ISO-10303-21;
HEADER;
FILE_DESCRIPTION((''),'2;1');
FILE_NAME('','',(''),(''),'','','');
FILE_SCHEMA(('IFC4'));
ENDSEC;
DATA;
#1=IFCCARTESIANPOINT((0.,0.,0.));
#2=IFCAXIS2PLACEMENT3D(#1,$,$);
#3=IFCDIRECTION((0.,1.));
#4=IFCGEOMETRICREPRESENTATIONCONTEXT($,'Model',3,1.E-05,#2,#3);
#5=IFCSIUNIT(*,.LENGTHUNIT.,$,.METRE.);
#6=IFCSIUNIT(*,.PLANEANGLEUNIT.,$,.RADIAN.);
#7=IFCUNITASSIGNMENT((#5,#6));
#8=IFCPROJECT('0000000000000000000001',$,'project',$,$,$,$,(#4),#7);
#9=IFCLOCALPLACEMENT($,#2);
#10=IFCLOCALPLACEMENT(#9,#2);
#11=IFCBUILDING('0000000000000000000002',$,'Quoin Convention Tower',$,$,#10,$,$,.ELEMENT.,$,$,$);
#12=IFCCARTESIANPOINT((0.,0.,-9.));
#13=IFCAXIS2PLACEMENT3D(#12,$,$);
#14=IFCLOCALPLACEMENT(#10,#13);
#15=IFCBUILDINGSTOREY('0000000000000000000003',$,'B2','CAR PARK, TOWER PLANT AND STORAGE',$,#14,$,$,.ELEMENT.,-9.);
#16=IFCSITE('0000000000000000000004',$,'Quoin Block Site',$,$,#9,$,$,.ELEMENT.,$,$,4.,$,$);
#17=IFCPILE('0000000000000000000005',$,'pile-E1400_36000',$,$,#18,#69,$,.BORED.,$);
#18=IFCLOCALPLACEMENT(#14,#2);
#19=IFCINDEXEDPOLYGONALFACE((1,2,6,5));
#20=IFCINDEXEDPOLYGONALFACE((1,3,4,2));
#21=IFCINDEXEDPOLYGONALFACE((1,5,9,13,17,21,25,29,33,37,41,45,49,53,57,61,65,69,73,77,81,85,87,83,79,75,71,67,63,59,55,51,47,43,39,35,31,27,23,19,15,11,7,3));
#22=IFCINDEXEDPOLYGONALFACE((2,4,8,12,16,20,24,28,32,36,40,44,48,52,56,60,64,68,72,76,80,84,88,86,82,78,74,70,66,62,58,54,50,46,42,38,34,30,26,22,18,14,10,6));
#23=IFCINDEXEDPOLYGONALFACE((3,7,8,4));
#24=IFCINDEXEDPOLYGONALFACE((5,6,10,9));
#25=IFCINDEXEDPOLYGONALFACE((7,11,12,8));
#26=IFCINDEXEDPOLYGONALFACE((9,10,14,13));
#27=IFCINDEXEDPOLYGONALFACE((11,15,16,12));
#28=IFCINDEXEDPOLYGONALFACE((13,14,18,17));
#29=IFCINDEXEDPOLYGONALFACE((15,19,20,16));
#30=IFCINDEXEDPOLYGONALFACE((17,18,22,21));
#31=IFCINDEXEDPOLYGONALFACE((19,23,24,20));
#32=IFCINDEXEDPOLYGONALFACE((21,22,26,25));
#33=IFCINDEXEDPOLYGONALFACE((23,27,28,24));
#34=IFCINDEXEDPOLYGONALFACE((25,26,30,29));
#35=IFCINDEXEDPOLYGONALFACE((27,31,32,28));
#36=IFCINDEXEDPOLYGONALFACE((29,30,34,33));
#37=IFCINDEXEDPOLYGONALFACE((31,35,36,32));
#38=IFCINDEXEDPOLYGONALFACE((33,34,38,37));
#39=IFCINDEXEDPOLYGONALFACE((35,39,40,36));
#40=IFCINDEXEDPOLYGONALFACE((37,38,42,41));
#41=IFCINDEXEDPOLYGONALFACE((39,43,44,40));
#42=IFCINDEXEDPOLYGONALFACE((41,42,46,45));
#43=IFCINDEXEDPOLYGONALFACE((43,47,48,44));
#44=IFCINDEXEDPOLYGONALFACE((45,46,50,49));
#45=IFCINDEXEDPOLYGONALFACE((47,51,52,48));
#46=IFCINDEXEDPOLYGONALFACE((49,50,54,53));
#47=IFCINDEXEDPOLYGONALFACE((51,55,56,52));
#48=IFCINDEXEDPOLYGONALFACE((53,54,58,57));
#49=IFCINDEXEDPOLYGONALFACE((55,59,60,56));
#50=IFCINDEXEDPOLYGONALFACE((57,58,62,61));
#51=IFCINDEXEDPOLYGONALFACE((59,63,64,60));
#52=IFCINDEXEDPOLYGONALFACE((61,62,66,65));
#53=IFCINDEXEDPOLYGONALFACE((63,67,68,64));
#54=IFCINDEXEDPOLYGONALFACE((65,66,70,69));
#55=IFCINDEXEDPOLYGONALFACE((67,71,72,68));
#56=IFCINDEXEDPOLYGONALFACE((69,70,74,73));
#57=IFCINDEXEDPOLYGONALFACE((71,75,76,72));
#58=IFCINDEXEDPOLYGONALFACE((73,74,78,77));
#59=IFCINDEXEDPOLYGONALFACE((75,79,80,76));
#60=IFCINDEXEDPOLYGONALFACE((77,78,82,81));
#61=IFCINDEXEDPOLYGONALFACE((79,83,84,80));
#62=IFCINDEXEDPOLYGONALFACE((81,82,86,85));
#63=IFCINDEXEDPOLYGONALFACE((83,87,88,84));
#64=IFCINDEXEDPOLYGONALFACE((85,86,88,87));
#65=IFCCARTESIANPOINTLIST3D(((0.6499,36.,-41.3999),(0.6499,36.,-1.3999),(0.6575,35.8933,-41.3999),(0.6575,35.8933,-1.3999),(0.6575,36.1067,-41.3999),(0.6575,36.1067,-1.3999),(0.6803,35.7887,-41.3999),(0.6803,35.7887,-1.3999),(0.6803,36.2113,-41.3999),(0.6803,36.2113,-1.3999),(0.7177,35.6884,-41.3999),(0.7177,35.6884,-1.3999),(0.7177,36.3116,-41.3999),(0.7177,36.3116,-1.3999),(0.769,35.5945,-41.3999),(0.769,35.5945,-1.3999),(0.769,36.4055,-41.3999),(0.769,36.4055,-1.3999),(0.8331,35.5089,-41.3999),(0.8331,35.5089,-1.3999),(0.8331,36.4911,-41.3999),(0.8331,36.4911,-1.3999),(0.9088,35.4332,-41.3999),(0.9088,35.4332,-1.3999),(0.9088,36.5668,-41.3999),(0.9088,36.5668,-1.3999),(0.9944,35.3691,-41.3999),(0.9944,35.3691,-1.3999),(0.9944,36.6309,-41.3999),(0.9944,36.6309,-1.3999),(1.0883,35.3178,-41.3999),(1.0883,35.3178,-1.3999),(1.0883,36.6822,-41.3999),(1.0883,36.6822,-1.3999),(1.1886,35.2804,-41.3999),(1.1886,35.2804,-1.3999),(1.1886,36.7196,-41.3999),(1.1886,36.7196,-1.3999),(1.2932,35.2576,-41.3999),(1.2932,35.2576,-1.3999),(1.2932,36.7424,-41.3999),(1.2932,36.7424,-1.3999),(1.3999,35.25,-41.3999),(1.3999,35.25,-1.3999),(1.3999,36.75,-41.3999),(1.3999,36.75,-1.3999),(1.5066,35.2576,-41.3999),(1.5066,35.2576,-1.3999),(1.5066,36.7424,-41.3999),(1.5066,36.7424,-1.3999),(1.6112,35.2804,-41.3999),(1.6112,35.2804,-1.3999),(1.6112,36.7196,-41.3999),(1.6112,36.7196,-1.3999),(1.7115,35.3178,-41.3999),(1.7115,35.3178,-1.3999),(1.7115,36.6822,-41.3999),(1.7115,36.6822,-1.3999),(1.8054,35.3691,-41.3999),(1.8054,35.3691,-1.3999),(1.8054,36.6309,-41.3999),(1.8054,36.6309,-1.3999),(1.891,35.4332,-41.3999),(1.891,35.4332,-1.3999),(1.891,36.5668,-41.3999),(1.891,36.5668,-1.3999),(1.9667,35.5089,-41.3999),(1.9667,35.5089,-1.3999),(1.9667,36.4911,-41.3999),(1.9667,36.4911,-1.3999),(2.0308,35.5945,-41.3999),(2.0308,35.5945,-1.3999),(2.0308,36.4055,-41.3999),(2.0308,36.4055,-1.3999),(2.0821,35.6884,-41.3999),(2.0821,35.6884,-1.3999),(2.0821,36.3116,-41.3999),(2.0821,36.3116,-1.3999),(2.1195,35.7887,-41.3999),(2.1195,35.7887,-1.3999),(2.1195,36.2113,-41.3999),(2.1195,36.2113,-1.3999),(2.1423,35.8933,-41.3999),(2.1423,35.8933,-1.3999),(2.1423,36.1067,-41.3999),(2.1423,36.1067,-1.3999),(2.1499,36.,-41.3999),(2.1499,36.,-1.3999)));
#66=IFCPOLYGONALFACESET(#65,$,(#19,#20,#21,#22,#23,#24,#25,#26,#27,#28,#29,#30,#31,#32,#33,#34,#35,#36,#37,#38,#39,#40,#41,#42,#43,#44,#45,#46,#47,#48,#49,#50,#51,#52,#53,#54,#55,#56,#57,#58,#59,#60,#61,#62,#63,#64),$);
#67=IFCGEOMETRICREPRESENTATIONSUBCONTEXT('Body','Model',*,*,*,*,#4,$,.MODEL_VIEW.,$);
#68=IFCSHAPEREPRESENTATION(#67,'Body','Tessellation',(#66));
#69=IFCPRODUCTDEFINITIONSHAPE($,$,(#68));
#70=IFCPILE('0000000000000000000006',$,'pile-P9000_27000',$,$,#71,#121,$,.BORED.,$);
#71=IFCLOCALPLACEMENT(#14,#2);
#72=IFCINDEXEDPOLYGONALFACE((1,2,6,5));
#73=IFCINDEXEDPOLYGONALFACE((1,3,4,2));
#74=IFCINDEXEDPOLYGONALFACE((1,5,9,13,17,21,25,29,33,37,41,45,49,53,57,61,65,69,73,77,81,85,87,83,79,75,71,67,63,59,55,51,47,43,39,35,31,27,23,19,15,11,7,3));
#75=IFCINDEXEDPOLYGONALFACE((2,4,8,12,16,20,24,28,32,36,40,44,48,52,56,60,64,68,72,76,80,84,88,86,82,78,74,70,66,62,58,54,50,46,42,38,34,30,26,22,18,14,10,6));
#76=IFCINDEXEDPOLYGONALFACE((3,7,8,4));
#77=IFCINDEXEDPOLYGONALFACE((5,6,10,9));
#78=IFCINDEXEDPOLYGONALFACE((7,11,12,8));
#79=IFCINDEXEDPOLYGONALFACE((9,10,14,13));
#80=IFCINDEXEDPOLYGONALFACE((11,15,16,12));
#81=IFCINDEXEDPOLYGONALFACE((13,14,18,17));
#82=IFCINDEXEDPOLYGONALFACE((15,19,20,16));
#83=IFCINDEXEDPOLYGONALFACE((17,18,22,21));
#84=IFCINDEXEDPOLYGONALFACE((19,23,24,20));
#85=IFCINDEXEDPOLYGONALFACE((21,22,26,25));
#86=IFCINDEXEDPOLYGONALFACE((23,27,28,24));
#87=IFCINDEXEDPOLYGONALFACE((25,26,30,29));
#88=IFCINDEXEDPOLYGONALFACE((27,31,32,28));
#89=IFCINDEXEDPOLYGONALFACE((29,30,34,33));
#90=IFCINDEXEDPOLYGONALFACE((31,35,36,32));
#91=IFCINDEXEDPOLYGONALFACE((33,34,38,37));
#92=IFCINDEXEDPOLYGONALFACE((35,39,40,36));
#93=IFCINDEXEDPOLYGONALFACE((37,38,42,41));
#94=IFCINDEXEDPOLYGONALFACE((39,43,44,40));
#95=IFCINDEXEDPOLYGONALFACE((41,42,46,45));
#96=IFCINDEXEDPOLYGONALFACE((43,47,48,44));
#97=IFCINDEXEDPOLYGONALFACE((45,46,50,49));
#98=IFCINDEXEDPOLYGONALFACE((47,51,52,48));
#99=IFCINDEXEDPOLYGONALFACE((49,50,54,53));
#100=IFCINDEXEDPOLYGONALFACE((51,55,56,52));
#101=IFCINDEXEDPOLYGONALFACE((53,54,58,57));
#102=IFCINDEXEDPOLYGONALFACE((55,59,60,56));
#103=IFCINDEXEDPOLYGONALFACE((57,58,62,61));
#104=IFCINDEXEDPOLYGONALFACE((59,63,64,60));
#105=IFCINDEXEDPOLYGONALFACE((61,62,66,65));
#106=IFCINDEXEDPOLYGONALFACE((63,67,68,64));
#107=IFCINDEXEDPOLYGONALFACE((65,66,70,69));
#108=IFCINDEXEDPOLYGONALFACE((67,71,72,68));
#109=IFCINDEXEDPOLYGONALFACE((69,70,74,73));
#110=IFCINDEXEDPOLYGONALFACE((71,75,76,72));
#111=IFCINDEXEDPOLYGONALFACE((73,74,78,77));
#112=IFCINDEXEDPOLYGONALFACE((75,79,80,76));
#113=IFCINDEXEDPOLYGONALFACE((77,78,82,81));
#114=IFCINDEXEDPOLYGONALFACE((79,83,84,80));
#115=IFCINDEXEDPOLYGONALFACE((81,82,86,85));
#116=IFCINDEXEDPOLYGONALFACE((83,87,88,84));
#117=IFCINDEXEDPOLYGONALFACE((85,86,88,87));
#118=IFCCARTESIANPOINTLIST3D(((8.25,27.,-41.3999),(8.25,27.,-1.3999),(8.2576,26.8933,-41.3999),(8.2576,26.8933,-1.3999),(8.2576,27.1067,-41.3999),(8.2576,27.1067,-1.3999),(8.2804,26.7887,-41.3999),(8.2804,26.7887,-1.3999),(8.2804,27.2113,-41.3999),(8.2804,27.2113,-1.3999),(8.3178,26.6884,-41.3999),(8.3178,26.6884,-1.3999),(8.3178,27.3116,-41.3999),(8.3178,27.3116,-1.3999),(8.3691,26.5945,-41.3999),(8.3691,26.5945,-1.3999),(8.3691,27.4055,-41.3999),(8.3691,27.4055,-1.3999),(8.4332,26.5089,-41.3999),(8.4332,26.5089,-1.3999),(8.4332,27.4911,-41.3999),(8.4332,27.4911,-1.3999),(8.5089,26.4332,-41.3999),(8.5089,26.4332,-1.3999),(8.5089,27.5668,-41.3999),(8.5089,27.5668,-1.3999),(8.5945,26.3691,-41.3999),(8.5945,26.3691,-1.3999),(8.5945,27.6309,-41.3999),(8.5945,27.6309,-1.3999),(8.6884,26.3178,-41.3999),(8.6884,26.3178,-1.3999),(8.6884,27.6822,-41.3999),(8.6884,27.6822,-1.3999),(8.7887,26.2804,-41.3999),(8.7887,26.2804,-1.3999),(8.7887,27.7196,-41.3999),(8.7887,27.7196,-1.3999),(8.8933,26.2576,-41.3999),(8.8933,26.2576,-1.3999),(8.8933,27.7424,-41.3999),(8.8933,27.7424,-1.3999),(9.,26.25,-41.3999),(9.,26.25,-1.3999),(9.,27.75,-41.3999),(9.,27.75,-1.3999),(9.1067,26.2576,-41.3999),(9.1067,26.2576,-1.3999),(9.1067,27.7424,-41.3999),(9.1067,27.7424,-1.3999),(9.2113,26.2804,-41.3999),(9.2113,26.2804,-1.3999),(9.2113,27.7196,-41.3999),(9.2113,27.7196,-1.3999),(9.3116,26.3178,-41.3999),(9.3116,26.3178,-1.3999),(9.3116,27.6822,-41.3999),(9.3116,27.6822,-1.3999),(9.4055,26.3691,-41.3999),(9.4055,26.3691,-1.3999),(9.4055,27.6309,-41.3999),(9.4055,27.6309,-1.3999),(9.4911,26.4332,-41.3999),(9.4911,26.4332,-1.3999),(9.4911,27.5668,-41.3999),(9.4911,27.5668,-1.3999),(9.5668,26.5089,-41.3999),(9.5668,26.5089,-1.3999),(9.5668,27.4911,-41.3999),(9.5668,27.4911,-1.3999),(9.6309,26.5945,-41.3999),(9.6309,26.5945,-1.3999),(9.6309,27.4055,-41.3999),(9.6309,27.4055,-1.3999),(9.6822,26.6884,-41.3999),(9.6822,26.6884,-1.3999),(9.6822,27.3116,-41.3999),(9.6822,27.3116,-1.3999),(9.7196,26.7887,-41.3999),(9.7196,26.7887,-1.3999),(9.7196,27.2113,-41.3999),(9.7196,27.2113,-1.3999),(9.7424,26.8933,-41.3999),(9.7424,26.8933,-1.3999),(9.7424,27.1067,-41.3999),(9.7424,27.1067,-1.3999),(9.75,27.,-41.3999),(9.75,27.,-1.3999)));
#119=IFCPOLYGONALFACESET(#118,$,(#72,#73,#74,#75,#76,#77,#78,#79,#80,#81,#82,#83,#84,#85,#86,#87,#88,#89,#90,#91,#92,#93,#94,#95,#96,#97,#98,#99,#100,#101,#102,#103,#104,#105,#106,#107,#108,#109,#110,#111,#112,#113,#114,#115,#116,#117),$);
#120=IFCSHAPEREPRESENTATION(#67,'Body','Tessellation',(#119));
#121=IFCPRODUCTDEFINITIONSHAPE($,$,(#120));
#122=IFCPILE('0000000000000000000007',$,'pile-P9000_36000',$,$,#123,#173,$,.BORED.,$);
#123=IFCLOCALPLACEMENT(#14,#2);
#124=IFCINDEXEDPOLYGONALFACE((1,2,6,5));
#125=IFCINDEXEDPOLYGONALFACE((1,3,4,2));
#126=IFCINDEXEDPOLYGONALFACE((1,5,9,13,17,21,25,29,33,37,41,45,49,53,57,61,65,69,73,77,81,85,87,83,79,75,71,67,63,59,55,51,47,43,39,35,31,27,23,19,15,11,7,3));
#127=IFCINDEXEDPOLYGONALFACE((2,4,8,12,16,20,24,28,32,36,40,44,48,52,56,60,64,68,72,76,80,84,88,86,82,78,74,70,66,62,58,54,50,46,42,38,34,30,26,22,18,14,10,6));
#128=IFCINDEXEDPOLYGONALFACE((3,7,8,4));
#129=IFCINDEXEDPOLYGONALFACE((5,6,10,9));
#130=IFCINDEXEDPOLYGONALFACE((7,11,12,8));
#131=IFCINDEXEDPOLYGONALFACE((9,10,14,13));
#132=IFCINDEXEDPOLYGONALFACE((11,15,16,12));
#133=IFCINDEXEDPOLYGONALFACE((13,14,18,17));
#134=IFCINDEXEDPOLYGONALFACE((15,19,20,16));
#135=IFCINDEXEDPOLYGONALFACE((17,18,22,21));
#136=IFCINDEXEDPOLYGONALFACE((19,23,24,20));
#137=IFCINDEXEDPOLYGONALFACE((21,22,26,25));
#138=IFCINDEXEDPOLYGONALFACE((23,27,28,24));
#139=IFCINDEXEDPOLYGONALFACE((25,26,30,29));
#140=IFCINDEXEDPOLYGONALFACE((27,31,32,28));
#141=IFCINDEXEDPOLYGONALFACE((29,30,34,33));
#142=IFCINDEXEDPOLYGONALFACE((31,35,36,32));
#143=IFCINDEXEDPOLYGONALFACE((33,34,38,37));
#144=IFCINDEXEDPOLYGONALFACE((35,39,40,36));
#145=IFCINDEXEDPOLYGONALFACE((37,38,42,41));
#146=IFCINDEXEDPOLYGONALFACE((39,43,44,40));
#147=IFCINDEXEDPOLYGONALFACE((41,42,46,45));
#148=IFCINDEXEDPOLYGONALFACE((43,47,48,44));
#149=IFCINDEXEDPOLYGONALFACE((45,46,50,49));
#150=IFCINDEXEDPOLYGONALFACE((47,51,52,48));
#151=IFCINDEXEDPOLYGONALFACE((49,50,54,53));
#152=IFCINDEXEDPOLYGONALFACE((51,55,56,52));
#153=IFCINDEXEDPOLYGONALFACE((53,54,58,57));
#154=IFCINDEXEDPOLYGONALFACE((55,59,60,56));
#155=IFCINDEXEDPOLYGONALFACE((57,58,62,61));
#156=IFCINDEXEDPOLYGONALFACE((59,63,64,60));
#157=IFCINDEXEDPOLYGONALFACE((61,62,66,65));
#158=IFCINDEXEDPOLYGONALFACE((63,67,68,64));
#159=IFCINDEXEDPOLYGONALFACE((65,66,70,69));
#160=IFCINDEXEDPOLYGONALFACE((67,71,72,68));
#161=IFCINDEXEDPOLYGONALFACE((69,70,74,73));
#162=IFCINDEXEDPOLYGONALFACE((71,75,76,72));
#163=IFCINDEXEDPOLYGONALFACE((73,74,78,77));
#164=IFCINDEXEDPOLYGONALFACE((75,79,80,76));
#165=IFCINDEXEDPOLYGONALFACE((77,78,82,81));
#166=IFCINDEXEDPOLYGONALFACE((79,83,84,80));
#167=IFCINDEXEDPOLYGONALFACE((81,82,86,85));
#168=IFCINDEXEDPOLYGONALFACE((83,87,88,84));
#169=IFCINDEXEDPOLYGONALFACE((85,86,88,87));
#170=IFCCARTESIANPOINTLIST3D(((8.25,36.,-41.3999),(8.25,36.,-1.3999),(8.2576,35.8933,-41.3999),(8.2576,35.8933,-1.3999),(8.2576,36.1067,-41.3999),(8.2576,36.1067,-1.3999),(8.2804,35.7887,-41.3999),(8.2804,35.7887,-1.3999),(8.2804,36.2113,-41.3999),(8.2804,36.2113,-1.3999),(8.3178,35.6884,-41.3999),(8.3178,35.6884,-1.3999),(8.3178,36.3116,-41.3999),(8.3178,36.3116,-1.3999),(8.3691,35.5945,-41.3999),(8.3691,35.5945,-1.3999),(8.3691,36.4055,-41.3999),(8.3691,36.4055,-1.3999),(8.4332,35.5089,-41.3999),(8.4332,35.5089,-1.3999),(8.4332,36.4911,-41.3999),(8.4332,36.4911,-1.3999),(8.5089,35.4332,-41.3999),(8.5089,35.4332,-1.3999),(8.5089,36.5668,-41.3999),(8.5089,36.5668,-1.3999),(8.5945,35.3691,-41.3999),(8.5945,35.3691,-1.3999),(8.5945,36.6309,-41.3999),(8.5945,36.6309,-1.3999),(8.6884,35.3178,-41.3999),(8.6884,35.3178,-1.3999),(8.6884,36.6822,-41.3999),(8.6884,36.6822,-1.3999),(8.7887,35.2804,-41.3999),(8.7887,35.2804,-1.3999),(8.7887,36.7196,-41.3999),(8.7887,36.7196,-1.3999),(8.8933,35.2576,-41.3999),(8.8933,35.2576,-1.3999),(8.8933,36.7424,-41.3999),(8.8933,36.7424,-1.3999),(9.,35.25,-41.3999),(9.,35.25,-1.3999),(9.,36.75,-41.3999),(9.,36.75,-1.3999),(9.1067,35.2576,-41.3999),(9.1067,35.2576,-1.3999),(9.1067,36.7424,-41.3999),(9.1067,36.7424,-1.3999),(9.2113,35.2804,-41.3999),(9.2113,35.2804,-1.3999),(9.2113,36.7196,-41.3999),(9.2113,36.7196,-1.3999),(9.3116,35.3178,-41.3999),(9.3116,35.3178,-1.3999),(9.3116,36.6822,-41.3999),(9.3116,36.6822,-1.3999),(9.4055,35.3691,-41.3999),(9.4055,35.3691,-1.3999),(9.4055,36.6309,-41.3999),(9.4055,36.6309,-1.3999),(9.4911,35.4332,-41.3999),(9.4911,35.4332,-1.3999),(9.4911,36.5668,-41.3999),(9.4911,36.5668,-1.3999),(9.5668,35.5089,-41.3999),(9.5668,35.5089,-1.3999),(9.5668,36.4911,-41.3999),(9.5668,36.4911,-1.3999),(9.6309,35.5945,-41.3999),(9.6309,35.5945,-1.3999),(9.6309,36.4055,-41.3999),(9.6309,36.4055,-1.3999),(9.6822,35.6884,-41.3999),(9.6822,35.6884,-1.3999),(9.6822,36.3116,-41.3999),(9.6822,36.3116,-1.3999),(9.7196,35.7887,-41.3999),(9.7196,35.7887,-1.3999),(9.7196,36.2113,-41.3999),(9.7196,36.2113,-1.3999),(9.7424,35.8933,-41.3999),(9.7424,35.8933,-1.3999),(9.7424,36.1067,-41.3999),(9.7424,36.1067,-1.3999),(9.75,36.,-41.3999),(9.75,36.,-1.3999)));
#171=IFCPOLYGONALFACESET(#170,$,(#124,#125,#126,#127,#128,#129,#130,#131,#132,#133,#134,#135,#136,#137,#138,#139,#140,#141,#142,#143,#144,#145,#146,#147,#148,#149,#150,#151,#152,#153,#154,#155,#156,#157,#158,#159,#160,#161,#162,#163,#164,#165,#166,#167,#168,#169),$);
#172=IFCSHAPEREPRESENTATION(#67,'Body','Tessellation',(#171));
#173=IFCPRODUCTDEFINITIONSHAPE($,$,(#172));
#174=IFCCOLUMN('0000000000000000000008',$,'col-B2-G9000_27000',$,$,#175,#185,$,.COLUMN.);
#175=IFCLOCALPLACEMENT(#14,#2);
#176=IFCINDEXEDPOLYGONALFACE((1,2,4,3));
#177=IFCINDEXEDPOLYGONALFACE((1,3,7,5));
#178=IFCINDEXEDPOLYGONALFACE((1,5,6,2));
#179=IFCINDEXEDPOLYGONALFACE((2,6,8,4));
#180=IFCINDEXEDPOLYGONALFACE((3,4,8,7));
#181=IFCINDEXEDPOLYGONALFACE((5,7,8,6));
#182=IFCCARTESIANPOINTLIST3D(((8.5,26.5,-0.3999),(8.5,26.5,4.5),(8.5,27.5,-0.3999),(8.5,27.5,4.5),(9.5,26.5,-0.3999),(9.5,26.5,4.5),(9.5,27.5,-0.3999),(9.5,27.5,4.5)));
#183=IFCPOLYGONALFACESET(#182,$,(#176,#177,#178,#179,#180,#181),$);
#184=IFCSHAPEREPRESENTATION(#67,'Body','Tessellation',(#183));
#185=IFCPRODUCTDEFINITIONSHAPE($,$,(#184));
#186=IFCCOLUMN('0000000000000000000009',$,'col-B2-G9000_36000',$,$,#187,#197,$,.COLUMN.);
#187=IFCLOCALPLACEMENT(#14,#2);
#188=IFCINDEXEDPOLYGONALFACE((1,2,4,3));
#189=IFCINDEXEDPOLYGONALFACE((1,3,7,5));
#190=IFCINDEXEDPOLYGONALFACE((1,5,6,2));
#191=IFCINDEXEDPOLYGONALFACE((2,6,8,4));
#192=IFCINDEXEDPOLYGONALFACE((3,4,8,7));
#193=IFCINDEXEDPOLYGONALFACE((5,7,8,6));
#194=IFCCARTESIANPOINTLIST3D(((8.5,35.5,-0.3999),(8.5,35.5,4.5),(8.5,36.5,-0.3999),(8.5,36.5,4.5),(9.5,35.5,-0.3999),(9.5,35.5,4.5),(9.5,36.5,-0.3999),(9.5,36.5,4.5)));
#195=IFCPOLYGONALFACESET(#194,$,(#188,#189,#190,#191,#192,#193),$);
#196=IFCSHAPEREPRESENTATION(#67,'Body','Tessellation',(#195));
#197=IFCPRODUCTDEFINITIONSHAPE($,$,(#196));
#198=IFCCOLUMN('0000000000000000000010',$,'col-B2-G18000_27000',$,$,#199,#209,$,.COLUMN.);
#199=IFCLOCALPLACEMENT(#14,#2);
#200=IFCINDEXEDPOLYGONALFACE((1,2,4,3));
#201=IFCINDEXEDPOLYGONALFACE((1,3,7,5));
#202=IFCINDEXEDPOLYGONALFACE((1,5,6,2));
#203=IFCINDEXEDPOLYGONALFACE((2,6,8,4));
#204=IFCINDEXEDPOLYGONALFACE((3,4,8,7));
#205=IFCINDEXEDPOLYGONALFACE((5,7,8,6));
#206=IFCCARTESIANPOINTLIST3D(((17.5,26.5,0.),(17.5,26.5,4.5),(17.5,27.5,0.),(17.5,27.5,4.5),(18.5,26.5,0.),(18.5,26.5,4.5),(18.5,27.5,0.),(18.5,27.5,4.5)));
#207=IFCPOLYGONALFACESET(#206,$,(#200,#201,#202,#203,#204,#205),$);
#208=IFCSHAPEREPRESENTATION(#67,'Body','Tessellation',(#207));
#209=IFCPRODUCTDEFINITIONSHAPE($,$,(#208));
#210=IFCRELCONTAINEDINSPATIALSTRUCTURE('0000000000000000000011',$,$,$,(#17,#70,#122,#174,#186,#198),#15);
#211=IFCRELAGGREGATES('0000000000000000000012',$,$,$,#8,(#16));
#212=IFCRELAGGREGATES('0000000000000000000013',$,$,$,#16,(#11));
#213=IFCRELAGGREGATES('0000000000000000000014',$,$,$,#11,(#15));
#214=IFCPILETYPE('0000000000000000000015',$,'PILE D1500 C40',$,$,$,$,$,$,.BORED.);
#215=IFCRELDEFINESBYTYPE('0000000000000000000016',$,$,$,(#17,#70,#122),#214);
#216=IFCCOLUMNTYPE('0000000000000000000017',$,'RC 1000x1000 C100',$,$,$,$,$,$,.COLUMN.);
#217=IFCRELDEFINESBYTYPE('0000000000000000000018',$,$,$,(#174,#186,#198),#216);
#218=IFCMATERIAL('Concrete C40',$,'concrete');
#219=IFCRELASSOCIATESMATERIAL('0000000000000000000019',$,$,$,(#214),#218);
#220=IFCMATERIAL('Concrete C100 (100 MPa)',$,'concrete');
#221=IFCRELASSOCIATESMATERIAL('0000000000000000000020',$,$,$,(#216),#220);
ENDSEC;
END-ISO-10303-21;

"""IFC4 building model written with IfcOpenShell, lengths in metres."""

from ifc_helpers import new_model, si_unit, direction, frame, origin, origin_2d, place, context, subcontext, project, spatial, rectangle, circle, extrude, material, material_profile, profile_set, type_object, element, save


model = new_model("IFC4")

# Units and contexts
model_context = context("Model", 3, precision=1e-05, world=origin(), true_north=direction((0.0, 1.0)))
body_context = subcontext(model_context, "Body", "Model", "MODEL_VIEW")
ifc_project = project(units=[si_unit("LENGTHUNIT", "METRE"), si_unit("PLANEANGLEUNIT", "RADIAN")], contexts=[model_context])

# Site, building, storey
site_placement = place(None, origin())
site = spatial("IfcSite", under=ifc_project, at=site_placement, Name="Quoin Block Site", CompositionType="ELEMENT", RefElevation=4.0)
building_placement = place(site_placement, origin())
building = spatial("IfcBuilding", under=site, at=building_placement, Name="Quoin Convention Tower", CompositionType="ELEMENT")
storey_placement = place(building_placement, frame((0.0, 0.0, -9.0)))
storey = spatial("IfcBuildingStorey", under=building, at=storey_placement, Name="B2", Description="CAR PARK, TOWER PLANT AND STORAGE", CompositionType="ELEMENT", Elevation=-9.0)

# Piles
ifc_material_1 = material(Name="Concrete C40", Category="concrete")
ifc_material_profile_1 = material_profile(ifc_material_1, circle(Radius=0.75, at=origin_2d()), Name="D1500")
ifc_profile_set_1 = profile_set([ifc_material_profile_1], Name="Concrete C40")
pile_type = type_object("IfcPileType", Name="PILE D1500 C40", PredefinedType="BORED", material=ifc_profile_set_1)
for number, where, z_axis, x_axis, name in (
    (1, (1.3999, 36.0, -1.3999), (0.0, 0.0, -1.0), (1.0, 0.0, 0.0), "pile-E1400_36000"),
    (2, (9.0, 27.0, -1.3999), (0.0, 0.0, -1.0), (1.0, 0.0, 0.0), "pile-P9000_27000"),
    (3, (9.0, 36.0, -1.3999), (0.0, 0.0, -1.0), (1.0, 0.0, 0.0), "pile-P9000_36000"),
):
    element("IfcPile", number, at=place(storey_placement, frame(where, z_axis=z_axis, x_axis=x_axis)), inside=storey, type_object=pile_type, Name=name, PredefinedType="BORED", context=body_context, shape_type="SweptSolid", body=[
        extrude(circle(Radius=0.75, at=origin_2d()), origin(), (0.0, 0.0, 1.0), 40.0),
    ])

# Columns
ifc_material_2 = material(Name="Concrete C100 (100 MPa)", Category="concrete")
ifc_material_profile_2 = material_profile(ifc_material_2, rectangle(XDim=1.0, YDim=1.0, at=origin_2d()), Name="RC 1000x1000")
ifc_profile_set_2 = profile_set([ifc_material_profile_2], Name="Concrete C100 (100 MPa)")
column_type_1 = type_object("IfcColumnType", Name="RC 1000x1000 C100", PredefinedType="COLUMN", material=ifc_profile_set_2)
for number, where, z_axis, x_axis, name in (
    (4, (9.0, 27.0, -0.3999), (0.0, 0.0, 1.0), (1.0, 0.0, 0.0), "col-B2-G9000_27000"),
    (5, (9.0, 36.0, -0.3999), (0.0, 0.0, 1.0), (1.0, 0.0, 0.0), "col-B2-G9000_36000"),
):
    element("IfcColumn", number, at=place(storey_placement, frame(where, z_axis=z_axis, x_axis=x_axis)), inside=storey, type_object=column_type_1, Name=name, PredefinedType="COLUMN", context=body_context, shape_type="SweptSolid", body=[
        extrude(rectangle(XDim=1.0, YDim=1.0, at=origin_2d()), origin(), (0.0, 0.0, 1.0), 4.8999),
    ])
column_placement = place(storey_placement, frame((18.0, 27.0, 0.0), z_axis=(0.0, 0.0, 1.0), x_axis=(1.0, 0.0, 0.0)))
element("IfcColumn", 6, at=column_placement, inside=storey, type_object=column_type_1, Name="col-B2-G18000_27000", PredefinedType="COLUMN", context=body_context, shape_type="SweptSolid", body=[
    extrude(rectangle(XDim=1.0, YDim=1.0, at=origin_2d()), origin(), (0.0, 0.0, 1.0), 4.5),
])

save(model, "model.ifc")
